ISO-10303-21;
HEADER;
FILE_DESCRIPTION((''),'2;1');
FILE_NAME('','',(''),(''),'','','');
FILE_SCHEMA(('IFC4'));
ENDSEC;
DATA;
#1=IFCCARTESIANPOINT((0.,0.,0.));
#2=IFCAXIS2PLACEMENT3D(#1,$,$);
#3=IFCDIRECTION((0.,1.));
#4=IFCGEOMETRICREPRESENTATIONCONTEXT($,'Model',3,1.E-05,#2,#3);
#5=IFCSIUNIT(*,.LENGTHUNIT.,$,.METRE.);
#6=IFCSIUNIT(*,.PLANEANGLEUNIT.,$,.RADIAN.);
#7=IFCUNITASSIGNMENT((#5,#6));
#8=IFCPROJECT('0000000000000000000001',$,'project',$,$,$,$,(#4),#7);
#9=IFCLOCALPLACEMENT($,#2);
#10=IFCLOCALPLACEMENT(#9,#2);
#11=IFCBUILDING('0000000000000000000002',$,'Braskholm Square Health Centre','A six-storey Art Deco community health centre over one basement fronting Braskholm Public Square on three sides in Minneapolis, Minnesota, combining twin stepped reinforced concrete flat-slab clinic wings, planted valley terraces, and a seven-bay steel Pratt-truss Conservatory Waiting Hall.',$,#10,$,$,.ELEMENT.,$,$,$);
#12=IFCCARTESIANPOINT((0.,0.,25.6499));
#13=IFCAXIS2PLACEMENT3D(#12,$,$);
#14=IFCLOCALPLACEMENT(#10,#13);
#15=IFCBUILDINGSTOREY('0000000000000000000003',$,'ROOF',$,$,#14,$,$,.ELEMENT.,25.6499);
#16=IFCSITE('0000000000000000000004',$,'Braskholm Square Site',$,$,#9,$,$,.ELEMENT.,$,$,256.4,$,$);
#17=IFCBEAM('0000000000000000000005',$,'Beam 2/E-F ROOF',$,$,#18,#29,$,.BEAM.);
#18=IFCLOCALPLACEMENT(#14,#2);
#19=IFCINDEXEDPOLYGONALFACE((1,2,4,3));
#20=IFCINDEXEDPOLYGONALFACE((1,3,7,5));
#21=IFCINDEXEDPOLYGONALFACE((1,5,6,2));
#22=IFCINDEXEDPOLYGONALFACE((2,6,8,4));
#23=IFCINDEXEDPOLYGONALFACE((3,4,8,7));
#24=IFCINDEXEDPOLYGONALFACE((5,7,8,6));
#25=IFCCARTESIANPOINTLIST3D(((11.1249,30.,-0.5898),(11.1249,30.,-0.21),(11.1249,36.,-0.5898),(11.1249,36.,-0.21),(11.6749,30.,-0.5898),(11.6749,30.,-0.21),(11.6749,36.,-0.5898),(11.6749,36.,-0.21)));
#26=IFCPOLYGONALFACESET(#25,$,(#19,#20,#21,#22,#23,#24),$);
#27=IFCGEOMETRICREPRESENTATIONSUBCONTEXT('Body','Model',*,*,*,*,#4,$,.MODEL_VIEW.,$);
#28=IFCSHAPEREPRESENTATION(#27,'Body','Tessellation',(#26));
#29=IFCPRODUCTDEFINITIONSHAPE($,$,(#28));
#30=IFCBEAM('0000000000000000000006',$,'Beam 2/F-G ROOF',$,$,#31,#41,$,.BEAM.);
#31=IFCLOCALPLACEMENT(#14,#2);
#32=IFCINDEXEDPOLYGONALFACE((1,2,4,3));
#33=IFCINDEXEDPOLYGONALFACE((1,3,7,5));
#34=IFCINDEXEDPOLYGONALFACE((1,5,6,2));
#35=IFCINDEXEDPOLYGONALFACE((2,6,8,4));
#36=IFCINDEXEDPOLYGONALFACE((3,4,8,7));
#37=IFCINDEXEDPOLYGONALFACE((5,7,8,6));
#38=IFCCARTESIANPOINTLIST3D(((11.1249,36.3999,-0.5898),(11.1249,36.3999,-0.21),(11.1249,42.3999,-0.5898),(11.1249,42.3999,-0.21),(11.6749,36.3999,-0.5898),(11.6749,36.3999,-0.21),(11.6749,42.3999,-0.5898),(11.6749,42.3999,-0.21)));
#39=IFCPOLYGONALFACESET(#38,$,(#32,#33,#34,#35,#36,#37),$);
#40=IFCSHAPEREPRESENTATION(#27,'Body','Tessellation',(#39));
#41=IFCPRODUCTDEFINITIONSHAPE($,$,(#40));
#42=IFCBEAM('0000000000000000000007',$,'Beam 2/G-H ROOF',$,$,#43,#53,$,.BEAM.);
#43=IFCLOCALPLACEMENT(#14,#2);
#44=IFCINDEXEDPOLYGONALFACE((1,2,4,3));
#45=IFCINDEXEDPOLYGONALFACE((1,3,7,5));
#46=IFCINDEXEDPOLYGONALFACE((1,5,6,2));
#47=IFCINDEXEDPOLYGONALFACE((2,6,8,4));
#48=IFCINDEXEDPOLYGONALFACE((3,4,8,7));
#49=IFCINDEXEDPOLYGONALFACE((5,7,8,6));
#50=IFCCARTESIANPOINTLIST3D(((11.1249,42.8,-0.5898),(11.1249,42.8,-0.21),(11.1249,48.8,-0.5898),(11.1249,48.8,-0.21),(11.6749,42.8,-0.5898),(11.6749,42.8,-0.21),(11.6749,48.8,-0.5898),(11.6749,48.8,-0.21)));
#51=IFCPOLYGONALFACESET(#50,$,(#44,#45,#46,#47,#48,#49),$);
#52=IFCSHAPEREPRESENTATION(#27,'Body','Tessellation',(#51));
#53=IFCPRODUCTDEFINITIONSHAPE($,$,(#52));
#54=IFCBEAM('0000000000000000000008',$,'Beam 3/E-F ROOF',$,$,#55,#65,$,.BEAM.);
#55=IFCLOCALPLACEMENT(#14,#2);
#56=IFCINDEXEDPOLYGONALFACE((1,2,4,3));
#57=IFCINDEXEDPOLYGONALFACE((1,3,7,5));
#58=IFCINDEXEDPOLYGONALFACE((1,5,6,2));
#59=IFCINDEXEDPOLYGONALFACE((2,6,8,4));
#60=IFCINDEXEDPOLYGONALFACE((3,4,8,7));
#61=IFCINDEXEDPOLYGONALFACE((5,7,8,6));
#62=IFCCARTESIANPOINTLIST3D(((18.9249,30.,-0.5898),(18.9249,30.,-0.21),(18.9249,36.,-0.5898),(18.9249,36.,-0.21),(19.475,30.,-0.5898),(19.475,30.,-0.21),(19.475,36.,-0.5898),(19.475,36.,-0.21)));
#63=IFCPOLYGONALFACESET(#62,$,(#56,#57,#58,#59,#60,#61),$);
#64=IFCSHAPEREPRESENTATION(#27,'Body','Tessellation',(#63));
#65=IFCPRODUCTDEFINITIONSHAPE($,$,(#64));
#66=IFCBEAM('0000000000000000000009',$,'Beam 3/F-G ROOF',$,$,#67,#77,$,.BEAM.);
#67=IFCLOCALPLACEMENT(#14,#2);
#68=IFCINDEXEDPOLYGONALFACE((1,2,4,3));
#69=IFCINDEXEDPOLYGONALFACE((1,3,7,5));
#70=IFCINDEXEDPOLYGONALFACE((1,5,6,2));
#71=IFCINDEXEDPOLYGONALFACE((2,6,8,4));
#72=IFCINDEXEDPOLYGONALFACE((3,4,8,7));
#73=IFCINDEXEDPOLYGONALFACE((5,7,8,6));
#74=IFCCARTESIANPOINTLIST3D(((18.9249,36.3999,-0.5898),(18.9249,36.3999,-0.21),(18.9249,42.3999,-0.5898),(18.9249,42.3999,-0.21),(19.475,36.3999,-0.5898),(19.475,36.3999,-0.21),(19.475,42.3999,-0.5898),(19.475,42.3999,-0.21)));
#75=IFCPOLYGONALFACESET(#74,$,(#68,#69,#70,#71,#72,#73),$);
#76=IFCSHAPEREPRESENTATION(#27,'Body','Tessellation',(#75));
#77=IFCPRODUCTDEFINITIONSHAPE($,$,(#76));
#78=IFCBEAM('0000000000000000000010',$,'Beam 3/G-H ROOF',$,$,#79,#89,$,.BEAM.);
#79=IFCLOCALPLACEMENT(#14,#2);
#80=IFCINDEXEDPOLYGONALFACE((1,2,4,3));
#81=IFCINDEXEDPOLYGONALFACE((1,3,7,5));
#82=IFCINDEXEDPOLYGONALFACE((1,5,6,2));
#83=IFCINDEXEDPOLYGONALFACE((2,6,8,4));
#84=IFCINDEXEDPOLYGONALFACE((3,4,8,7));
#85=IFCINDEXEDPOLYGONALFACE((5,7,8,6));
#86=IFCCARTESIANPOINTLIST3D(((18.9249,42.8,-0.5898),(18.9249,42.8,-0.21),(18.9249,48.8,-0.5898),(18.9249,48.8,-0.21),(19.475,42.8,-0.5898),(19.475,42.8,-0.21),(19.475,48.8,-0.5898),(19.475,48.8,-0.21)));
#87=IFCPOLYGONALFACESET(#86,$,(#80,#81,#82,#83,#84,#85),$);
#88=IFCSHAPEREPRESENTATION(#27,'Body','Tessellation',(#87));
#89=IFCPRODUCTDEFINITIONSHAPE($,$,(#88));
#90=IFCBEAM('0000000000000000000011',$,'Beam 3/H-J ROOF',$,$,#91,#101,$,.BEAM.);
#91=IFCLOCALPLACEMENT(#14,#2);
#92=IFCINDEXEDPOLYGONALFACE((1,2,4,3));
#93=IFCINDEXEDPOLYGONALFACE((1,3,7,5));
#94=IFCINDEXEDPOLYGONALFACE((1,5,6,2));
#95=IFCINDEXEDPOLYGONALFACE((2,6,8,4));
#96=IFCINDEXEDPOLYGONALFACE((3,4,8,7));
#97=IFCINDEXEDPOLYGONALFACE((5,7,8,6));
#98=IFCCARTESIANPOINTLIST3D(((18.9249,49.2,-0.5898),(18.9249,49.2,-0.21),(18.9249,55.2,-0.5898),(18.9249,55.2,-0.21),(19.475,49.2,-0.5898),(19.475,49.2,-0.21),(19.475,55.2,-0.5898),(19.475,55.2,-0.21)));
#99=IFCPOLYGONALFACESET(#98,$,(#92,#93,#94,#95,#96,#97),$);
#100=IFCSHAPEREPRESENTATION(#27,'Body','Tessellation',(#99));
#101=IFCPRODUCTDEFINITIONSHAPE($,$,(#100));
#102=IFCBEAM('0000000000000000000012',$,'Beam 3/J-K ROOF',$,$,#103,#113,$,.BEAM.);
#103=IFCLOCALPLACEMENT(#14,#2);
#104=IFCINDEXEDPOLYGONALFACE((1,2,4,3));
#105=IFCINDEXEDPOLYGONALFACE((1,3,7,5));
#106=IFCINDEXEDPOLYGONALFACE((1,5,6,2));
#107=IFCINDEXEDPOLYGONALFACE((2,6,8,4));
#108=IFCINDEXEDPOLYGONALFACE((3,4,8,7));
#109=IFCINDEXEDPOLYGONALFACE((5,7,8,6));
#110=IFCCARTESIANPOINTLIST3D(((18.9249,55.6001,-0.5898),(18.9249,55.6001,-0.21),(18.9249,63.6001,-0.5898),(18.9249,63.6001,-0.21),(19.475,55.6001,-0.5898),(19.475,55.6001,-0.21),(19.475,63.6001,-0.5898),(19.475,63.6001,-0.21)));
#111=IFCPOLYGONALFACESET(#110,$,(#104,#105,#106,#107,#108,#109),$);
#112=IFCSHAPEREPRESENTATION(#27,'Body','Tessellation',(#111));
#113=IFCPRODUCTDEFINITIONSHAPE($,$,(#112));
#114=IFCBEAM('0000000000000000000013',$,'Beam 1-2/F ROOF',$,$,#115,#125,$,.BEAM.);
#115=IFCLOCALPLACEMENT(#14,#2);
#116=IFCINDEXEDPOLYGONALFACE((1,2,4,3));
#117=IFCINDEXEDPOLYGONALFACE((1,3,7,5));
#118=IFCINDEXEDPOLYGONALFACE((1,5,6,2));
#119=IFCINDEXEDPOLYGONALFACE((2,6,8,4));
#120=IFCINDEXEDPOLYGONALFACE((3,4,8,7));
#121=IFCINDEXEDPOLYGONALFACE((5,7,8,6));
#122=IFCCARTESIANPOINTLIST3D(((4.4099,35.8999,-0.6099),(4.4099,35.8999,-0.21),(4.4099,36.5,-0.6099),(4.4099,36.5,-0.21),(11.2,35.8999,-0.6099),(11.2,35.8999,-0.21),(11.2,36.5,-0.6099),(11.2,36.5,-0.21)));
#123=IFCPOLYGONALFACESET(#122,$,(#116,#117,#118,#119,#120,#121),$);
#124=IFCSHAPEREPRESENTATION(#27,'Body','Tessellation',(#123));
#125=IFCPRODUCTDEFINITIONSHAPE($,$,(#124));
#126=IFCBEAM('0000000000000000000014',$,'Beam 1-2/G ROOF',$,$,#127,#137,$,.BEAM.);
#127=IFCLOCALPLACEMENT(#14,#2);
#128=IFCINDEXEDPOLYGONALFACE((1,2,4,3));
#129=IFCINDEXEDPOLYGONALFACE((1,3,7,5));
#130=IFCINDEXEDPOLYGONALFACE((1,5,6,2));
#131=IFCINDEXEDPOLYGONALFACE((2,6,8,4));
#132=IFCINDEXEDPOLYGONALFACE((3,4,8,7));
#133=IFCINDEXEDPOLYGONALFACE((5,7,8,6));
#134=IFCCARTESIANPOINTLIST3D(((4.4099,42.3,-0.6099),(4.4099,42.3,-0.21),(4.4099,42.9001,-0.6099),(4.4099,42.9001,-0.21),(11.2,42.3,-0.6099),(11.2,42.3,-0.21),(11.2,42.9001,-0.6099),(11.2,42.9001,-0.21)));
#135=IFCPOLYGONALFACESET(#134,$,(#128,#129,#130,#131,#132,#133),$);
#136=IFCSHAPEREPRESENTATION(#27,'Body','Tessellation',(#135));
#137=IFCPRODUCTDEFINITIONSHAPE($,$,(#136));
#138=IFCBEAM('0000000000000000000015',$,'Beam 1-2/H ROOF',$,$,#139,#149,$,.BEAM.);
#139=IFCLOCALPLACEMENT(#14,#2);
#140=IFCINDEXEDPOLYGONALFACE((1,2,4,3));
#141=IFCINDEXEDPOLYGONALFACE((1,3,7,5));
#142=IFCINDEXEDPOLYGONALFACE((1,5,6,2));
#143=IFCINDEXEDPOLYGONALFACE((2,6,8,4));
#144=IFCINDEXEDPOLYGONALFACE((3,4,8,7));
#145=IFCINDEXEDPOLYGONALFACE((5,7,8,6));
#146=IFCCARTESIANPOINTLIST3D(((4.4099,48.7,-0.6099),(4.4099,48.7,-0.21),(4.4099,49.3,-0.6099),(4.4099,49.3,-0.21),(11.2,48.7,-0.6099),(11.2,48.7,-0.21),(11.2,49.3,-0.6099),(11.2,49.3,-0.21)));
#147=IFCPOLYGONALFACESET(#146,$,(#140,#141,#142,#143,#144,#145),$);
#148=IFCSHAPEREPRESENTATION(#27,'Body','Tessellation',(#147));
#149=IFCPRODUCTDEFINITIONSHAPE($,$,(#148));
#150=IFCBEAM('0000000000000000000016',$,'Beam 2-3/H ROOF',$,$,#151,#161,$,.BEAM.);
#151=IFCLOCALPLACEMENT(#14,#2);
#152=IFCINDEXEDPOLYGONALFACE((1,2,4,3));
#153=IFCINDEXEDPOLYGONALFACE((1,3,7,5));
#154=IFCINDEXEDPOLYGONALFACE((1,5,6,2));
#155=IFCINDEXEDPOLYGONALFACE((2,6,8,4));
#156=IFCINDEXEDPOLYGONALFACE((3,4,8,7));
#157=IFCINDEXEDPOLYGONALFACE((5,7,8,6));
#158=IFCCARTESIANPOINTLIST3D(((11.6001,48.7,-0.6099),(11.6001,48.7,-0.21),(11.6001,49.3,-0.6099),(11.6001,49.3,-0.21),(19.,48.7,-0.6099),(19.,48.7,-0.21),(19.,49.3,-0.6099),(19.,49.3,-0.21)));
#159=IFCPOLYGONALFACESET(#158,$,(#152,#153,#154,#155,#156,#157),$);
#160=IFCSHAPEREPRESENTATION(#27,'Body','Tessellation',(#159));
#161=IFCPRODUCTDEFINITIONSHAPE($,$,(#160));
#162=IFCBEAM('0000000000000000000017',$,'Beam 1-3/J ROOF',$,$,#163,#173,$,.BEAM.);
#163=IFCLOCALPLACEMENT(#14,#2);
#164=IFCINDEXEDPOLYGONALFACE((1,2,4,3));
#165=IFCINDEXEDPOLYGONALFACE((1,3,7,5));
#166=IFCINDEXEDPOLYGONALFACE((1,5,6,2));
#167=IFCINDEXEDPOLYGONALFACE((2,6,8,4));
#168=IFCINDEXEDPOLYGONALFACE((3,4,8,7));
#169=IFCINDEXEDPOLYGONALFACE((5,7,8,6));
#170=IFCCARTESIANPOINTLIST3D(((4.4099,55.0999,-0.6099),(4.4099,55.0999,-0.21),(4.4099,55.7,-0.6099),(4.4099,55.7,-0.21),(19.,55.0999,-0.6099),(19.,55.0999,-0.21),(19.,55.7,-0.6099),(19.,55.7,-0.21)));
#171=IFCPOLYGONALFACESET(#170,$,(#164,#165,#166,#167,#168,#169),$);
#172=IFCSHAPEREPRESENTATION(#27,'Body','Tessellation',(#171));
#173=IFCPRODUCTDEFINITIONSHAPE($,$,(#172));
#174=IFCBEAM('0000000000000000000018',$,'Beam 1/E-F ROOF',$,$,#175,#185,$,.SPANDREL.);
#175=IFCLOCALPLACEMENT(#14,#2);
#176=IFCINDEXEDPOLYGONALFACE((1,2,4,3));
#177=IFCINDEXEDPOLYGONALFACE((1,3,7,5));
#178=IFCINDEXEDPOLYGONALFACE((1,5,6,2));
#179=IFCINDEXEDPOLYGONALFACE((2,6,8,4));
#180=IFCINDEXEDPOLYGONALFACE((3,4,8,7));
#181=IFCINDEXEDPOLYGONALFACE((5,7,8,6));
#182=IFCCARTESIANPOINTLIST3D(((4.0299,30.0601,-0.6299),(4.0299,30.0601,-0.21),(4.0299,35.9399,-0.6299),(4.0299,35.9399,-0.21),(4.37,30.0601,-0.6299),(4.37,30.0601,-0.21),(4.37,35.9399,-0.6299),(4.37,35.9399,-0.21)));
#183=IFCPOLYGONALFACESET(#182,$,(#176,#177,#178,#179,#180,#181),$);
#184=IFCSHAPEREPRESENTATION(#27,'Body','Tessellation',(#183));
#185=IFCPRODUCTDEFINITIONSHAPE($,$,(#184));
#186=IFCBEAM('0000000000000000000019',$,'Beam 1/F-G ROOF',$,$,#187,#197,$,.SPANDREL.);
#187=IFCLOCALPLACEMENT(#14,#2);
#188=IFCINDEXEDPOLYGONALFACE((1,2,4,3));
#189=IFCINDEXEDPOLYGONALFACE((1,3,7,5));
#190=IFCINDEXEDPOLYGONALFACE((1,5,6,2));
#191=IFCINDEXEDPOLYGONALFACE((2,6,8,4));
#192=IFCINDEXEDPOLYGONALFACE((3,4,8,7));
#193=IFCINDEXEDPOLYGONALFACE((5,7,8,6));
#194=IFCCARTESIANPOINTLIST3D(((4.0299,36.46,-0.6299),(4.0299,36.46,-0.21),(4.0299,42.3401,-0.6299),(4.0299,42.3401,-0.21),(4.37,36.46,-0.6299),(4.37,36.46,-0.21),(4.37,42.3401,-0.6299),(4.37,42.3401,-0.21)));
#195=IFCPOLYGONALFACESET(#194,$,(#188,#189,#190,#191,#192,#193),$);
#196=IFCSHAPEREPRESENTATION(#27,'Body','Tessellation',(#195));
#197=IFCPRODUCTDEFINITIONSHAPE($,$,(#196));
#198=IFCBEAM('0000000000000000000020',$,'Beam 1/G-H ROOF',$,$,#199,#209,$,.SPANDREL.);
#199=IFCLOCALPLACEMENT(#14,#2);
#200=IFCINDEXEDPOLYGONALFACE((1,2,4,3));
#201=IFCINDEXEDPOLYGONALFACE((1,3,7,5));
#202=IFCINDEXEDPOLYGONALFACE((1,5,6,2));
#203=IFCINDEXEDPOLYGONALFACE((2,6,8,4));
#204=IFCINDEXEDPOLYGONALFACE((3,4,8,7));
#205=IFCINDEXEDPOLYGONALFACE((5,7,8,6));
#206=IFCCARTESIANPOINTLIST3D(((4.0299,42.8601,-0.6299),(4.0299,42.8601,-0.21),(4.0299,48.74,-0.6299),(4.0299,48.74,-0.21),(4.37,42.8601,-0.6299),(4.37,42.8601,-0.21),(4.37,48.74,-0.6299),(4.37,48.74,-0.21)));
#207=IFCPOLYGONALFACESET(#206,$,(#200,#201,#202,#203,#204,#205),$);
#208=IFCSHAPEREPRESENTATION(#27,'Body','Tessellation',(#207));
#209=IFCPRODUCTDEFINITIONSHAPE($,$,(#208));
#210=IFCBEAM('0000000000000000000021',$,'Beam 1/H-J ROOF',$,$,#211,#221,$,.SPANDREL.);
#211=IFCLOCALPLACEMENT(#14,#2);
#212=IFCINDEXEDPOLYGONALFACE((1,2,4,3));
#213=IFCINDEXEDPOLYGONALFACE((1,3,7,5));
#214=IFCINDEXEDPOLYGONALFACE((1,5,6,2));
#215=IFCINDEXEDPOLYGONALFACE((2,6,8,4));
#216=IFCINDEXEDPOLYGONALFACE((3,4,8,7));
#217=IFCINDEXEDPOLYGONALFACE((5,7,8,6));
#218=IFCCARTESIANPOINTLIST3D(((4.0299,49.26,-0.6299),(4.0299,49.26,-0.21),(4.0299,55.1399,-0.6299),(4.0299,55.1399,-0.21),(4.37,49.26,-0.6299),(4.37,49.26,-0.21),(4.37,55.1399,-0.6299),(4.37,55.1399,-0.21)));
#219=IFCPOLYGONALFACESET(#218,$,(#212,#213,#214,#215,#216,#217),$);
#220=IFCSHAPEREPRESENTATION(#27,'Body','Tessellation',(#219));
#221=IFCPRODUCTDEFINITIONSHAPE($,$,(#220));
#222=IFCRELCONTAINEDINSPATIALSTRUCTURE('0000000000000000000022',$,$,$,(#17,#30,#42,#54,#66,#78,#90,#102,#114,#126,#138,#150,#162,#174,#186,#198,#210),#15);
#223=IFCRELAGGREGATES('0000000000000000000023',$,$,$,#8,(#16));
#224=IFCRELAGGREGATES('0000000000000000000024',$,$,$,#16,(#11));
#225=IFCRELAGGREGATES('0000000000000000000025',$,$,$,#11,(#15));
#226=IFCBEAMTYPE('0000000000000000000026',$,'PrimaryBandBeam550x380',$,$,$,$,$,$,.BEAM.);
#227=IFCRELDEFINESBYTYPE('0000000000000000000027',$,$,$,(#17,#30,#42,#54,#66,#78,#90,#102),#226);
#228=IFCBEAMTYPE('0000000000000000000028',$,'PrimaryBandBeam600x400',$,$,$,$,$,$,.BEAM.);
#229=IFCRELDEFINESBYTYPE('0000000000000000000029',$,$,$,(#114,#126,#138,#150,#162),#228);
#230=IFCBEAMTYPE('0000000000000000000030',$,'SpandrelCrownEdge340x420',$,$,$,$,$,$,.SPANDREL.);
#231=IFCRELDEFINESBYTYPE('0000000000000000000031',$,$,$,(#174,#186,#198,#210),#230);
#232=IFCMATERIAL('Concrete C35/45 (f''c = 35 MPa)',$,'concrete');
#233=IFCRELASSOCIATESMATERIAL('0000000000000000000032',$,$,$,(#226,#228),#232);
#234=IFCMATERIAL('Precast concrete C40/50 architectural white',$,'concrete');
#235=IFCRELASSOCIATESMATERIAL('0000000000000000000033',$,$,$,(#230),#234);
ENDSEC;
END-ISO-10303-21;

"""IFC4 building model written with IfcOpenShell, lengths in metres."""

from ifc_helpers import new_model, si_unit, direction, frame, origin, origin_2d, place, context, subcontext, project, spatial, rectangle, extrude, material, material_profile, profile_set, type_object, element, save


model = new_model("IFC4")

# Units and contexts
model_context = context("Model", 3, precision=1e-05, world=origin(), true_north=direction((0.0, 1.0)))
body_context = subcontext(model_context, "Body", "Model", "MODEL_VIEW")
ifc_project = project(units=[si_unit("LENGTHUNIT", "METRE"), si_unit("PLANEANGLEUNIT", "RADIAN")], contexts=[model_context])

# Site, building, storey
site_placement = place(None, origin())
site = spatial("IfcSite", under=ifc_project, at=site_placement, Name="Braskholm Square Site", CompositionType="ELEMENT", RefElevation=256.4)
building_placement = place(site_placement, origin())
building = spatial("IfcBuilding", under=site, at=building_placement, Name="Braskholm Square Health Centre", Description="A six-storey Art Deco community health centre over one basement fronting Braskholm Public Square on three sides in Minneapolis, Minnesota, combining twin stepped reinforced concrete flat-slab clinic wings, planted valley terraces, and a seven-bay steel Pratt-truss Conservatory Waiting Hall.", CompositionType="ELEMENT")
storey_placement = place(building_placement, frame((0.0, 0.0, 25.6499)))
storey = spatial("IfcBuildingStorey", under=building, at=storey_placement, Name="ROOF", CompositionType="ELEMENT", Elevation=25.6499)

# Beams
ifc_material_1 = material(Name="Concrete C35/45 (f'c = 35 MPa)", Category="concrete")
ifc_material_profile_1 = material_profile(ifc_material_1, rectangle(XDim=0.55, YDim=0.3799, at=origin_2d()), Name="RCB-550X380")
ifc_profile_set_1 = profile_set([ifc_material_profile_1], Name="Concrete C35/45 (f'c = 35 MPa)")
beam_type_1 = type_object("IfcBeamType", Name="PrimaryBandBeam550x380", PredefinedType="BEAM", material=ifc_profile_set_1)
for number, where, z_axis, x_axis, name in (
    (1, (11.3999, 30.0, -0.3999), (0.0, 1.0, 0.0), (-1.0, 0.0, 0.0), "Beam 2/E-F ROOF"),
    (2, (11.3999, 36.3999, -0.3999), (0.0, 1.0, 0.0), (-1.0, 0.0, 0.0), "Beam 2/F-G ROOF"),
    (3, (11.3999, 42.8, -0.3999), (0.0, 1.0, 0.0), (-1.0, 0.0, 0.0), "Beam 2/G-H ROOF"),
    (4, (19.2, 30.0, -0.3999), (0.0, 1.0, 0.0), (-1.0, 0.0, 0.0), "Beam 3/E-F ROOF"),
    (5, (19.2, 36.3999, -0.3999), (0.0, 1.0, 0.0), (-1.0, 0.0, 0.0), "Beam 3/F-G ROOF"),
    (6, (19.2, 42.8, -0.3999), (0.0, 1.0, 0.0), (-1.0, 0.0, 0.0), "Beam 3/G-H ROOF"),
    (7, (19.2, 49.2, -0.3999), (0.0, 1.0, 0.0), (-1.0, 0.0, 0.0), "Beam 3/H-J ROOF"),
):
    element("IfcBeam", number, at=place(storey_placement, frame(where, z_axis=z_axis, x_axis=x_axis)), inside=storey, type_object=beam_type_1, Name=name, PredefinedType="BEAM", context=body_context, shape_type="SweptSolid", body=[
        extrude(rectangle(XDim=0.55, YDim=0.3799, at=origin_2d()), origin(), (0.0, 0.0, 1.0), 6.0),
    ])
beam_1_placement = place(storey_placement, frame((19.2, 55.6001, -0.3999), z_axis=(0.0, 1.0, 0.0), x_axis=(-1.0, 0.0, 0.0)))
element("IfcBeam", 8, at=beam_1_placement, inside=storey, type_object=beam_type_1, Name="Beam 3/J-K ROOF", PredefinedType="BEAM", context=body_context, shape_type="SweptSolid", body=[
    extrude(rectangle(XDim=0.55, YDim=0.3799, at=origin_2d()), origin(), (0.0, 0.0, 1.0), 8.0),
])
ifc_material_profile_2 = material_profile(ifc_material_1, rectangle(XDim=0.6001, YDim=0.3999, at=origin_2d()), Name="RCB-600X400")
ifc_profile_set_2 = profile_set([ifc_material_profile_2], Name="Concrete C35/45 (f'c = 35 MPa)")
beam_type_2 = type_object("IfcBeamType", Name="PrimaryBandBeam600x400", PredefinedType="BEAM", material=ifc_profile_set_2)
for number, where, z_axis, x_axis, name in (
    (9, (4.4099, 36.2, -0.4099), (1.0, 0.0, 0.0), (0.0, 1.0, 0.0), "Beam 1-2/F ROOF"),
    (10, (4.4099, 42.6001, -0.4099), (1.0, 0.0, 0.0), (0.0, 1.0, 0.0), "Beam 1-2/G ROOF"),
    (11, (4.4099, 49.0, -0.4099), (1.0, 0.0, 0.0), (0.0, 1.0, 0.0), "Beam 1-2/H ROOF"),
):
    element("IfcBeam", number, at=place(storey_placement, frame(where, z_axis=z_axis, x_axis=x_axis)), inside=storey, type_object=beam_type_2, Name=name, PredefinedType="BEAM", context=body_context, shape_type="SweptSolid", body=[
        extrude(rectangle(XDim=0.6001, YDim=0.3999, at=origin_2d()), origin(), (0.0, 0.0, 1.0), 6.79),
    ])
beam_2_placement = place(storey_placement, frame((11.6001, 49.0, -0.4099), z_axis=(1.0, 0.0, 0.0), x_axis=(0.0, 1.0, 0.0)))
element("IfcBeam", 12, at=beam_2_placement, inside=storey, type_object=beam_type_2, Name="Beam 2-3/H ROOF", PredefinedType="BEAM", context=body_context, shape_type="SweptSolid", body=[
    extrude(rectangle(XDim=0.6001, YDim=0.3999, at=origin_2d()), origin(), (0.0, 0.0, 1.0), 7.3999),
])
beam_3_placement = place(storey_placement, frame((4.4099, 55.3999, -0.4099), z_axis=(1.0, 0.0, 0.0), x_axis=(0.0, 1.0, 0.0)))
element("IfcBeam", 13, at=beam_3_placement, inside=storey, type_object=beam_type_2, Name="Beam 1-3/J ROOF", PredefinedType="BEAM", context=body_context, shape_type="SweptSolid", body=[
    extrude(rectangle(XDim=0.6001, YDim=0.3999, at=origin_2d()), origin(), (0.0, 0.0, 1.0), 14.5901),
])
ifc_material_2 = material(Name="Precast concrete C40/50 architectural white", Category="concrete")
ifc_material_profile_3 = material_profile(ifc_material_2, rectangle(XDim=0.3401, YDim=0.4199, at=origin_2d()), Name="RCB-340X420")
ifc_profile_set_3 = profile_set([ifc_material_profile_3], Name="Precast concrete C40/50 architectural white")
beam_type_3 = type_object("IfcBeamType", Name="SpandrelCrownEdge340x420", PredefinedType="SPANDREL", material=ifc_profile_set_3)
beam_4_placement = place(storey_placement, frame((4.2, 30.0601, -0.4199), z_axis=(0.0, 1.0, 0.0), x_axis=(-1.0, 0.0, 0.0)))
element("IfcBeam", 14, at=beam_4_placement, inside=storey, type_object=beam_type_3, Name="Beam 1/E-F ROOF", PredefinedType="SPANDREL", context=body_context, shape_type="SweptSolid", body=[
    extrude(rectangle(XDim=0.3401, YDim=0.4199, at=origin_2d()), origin(), (0.0, 0.0, 1.0), 5.8799),
])
beam_5_placement = place(storey_placement, frame((4.2, 36.46, -0.4199), z_axis=(0.0, 1.0, 0.0), x_axis=(-1.0, 0.0, 0.0)))
element("IfcBeam", 15, at=beam_5_placement, inside=storey, type_object=beam_type_3, Name="Beam 1/F-G ROOF", PredefinedType="SPANDREL", context=body_context, shape_type="SweptSolid", body=[
    extrude(rectangle(XDim=0.3401, YDim=0.4199, at=origin_2d()), origin(), (0.0, 0.0, 1.0), 5.8801),
])
for number, where, z_axis, x_axis, name in (
    (16, (4.2, 42.8601, -0.4199), (0.0, 1.0, 0.0), (-1.0, 0.0, 0.0), "Beam 1/G-H ROOF"),
    (17, (4.2, 49.26, -0.4199), (0.0, 1.0, 0.0), (-1.0, 0.0, 0.0), "Beam 1/H-J ROOF"),
):
    element("IfcBeam", number, at=place(storey_placement, frame(where, z_axis=z_axis, x_axis=x_axis)), inside=storey, type_object=beam_type_3, Name=name, PredefinedType="SPANDREL", context=body_context, shape_type="SweptSolid", body=[
        extrude(rectangle(XDim=0.3401, YDim=0.4199, at=origin_2d()), origin(), (0.0, 0.0, 1.0), 5.8799),
    ])

save(model, "model.ifc")
